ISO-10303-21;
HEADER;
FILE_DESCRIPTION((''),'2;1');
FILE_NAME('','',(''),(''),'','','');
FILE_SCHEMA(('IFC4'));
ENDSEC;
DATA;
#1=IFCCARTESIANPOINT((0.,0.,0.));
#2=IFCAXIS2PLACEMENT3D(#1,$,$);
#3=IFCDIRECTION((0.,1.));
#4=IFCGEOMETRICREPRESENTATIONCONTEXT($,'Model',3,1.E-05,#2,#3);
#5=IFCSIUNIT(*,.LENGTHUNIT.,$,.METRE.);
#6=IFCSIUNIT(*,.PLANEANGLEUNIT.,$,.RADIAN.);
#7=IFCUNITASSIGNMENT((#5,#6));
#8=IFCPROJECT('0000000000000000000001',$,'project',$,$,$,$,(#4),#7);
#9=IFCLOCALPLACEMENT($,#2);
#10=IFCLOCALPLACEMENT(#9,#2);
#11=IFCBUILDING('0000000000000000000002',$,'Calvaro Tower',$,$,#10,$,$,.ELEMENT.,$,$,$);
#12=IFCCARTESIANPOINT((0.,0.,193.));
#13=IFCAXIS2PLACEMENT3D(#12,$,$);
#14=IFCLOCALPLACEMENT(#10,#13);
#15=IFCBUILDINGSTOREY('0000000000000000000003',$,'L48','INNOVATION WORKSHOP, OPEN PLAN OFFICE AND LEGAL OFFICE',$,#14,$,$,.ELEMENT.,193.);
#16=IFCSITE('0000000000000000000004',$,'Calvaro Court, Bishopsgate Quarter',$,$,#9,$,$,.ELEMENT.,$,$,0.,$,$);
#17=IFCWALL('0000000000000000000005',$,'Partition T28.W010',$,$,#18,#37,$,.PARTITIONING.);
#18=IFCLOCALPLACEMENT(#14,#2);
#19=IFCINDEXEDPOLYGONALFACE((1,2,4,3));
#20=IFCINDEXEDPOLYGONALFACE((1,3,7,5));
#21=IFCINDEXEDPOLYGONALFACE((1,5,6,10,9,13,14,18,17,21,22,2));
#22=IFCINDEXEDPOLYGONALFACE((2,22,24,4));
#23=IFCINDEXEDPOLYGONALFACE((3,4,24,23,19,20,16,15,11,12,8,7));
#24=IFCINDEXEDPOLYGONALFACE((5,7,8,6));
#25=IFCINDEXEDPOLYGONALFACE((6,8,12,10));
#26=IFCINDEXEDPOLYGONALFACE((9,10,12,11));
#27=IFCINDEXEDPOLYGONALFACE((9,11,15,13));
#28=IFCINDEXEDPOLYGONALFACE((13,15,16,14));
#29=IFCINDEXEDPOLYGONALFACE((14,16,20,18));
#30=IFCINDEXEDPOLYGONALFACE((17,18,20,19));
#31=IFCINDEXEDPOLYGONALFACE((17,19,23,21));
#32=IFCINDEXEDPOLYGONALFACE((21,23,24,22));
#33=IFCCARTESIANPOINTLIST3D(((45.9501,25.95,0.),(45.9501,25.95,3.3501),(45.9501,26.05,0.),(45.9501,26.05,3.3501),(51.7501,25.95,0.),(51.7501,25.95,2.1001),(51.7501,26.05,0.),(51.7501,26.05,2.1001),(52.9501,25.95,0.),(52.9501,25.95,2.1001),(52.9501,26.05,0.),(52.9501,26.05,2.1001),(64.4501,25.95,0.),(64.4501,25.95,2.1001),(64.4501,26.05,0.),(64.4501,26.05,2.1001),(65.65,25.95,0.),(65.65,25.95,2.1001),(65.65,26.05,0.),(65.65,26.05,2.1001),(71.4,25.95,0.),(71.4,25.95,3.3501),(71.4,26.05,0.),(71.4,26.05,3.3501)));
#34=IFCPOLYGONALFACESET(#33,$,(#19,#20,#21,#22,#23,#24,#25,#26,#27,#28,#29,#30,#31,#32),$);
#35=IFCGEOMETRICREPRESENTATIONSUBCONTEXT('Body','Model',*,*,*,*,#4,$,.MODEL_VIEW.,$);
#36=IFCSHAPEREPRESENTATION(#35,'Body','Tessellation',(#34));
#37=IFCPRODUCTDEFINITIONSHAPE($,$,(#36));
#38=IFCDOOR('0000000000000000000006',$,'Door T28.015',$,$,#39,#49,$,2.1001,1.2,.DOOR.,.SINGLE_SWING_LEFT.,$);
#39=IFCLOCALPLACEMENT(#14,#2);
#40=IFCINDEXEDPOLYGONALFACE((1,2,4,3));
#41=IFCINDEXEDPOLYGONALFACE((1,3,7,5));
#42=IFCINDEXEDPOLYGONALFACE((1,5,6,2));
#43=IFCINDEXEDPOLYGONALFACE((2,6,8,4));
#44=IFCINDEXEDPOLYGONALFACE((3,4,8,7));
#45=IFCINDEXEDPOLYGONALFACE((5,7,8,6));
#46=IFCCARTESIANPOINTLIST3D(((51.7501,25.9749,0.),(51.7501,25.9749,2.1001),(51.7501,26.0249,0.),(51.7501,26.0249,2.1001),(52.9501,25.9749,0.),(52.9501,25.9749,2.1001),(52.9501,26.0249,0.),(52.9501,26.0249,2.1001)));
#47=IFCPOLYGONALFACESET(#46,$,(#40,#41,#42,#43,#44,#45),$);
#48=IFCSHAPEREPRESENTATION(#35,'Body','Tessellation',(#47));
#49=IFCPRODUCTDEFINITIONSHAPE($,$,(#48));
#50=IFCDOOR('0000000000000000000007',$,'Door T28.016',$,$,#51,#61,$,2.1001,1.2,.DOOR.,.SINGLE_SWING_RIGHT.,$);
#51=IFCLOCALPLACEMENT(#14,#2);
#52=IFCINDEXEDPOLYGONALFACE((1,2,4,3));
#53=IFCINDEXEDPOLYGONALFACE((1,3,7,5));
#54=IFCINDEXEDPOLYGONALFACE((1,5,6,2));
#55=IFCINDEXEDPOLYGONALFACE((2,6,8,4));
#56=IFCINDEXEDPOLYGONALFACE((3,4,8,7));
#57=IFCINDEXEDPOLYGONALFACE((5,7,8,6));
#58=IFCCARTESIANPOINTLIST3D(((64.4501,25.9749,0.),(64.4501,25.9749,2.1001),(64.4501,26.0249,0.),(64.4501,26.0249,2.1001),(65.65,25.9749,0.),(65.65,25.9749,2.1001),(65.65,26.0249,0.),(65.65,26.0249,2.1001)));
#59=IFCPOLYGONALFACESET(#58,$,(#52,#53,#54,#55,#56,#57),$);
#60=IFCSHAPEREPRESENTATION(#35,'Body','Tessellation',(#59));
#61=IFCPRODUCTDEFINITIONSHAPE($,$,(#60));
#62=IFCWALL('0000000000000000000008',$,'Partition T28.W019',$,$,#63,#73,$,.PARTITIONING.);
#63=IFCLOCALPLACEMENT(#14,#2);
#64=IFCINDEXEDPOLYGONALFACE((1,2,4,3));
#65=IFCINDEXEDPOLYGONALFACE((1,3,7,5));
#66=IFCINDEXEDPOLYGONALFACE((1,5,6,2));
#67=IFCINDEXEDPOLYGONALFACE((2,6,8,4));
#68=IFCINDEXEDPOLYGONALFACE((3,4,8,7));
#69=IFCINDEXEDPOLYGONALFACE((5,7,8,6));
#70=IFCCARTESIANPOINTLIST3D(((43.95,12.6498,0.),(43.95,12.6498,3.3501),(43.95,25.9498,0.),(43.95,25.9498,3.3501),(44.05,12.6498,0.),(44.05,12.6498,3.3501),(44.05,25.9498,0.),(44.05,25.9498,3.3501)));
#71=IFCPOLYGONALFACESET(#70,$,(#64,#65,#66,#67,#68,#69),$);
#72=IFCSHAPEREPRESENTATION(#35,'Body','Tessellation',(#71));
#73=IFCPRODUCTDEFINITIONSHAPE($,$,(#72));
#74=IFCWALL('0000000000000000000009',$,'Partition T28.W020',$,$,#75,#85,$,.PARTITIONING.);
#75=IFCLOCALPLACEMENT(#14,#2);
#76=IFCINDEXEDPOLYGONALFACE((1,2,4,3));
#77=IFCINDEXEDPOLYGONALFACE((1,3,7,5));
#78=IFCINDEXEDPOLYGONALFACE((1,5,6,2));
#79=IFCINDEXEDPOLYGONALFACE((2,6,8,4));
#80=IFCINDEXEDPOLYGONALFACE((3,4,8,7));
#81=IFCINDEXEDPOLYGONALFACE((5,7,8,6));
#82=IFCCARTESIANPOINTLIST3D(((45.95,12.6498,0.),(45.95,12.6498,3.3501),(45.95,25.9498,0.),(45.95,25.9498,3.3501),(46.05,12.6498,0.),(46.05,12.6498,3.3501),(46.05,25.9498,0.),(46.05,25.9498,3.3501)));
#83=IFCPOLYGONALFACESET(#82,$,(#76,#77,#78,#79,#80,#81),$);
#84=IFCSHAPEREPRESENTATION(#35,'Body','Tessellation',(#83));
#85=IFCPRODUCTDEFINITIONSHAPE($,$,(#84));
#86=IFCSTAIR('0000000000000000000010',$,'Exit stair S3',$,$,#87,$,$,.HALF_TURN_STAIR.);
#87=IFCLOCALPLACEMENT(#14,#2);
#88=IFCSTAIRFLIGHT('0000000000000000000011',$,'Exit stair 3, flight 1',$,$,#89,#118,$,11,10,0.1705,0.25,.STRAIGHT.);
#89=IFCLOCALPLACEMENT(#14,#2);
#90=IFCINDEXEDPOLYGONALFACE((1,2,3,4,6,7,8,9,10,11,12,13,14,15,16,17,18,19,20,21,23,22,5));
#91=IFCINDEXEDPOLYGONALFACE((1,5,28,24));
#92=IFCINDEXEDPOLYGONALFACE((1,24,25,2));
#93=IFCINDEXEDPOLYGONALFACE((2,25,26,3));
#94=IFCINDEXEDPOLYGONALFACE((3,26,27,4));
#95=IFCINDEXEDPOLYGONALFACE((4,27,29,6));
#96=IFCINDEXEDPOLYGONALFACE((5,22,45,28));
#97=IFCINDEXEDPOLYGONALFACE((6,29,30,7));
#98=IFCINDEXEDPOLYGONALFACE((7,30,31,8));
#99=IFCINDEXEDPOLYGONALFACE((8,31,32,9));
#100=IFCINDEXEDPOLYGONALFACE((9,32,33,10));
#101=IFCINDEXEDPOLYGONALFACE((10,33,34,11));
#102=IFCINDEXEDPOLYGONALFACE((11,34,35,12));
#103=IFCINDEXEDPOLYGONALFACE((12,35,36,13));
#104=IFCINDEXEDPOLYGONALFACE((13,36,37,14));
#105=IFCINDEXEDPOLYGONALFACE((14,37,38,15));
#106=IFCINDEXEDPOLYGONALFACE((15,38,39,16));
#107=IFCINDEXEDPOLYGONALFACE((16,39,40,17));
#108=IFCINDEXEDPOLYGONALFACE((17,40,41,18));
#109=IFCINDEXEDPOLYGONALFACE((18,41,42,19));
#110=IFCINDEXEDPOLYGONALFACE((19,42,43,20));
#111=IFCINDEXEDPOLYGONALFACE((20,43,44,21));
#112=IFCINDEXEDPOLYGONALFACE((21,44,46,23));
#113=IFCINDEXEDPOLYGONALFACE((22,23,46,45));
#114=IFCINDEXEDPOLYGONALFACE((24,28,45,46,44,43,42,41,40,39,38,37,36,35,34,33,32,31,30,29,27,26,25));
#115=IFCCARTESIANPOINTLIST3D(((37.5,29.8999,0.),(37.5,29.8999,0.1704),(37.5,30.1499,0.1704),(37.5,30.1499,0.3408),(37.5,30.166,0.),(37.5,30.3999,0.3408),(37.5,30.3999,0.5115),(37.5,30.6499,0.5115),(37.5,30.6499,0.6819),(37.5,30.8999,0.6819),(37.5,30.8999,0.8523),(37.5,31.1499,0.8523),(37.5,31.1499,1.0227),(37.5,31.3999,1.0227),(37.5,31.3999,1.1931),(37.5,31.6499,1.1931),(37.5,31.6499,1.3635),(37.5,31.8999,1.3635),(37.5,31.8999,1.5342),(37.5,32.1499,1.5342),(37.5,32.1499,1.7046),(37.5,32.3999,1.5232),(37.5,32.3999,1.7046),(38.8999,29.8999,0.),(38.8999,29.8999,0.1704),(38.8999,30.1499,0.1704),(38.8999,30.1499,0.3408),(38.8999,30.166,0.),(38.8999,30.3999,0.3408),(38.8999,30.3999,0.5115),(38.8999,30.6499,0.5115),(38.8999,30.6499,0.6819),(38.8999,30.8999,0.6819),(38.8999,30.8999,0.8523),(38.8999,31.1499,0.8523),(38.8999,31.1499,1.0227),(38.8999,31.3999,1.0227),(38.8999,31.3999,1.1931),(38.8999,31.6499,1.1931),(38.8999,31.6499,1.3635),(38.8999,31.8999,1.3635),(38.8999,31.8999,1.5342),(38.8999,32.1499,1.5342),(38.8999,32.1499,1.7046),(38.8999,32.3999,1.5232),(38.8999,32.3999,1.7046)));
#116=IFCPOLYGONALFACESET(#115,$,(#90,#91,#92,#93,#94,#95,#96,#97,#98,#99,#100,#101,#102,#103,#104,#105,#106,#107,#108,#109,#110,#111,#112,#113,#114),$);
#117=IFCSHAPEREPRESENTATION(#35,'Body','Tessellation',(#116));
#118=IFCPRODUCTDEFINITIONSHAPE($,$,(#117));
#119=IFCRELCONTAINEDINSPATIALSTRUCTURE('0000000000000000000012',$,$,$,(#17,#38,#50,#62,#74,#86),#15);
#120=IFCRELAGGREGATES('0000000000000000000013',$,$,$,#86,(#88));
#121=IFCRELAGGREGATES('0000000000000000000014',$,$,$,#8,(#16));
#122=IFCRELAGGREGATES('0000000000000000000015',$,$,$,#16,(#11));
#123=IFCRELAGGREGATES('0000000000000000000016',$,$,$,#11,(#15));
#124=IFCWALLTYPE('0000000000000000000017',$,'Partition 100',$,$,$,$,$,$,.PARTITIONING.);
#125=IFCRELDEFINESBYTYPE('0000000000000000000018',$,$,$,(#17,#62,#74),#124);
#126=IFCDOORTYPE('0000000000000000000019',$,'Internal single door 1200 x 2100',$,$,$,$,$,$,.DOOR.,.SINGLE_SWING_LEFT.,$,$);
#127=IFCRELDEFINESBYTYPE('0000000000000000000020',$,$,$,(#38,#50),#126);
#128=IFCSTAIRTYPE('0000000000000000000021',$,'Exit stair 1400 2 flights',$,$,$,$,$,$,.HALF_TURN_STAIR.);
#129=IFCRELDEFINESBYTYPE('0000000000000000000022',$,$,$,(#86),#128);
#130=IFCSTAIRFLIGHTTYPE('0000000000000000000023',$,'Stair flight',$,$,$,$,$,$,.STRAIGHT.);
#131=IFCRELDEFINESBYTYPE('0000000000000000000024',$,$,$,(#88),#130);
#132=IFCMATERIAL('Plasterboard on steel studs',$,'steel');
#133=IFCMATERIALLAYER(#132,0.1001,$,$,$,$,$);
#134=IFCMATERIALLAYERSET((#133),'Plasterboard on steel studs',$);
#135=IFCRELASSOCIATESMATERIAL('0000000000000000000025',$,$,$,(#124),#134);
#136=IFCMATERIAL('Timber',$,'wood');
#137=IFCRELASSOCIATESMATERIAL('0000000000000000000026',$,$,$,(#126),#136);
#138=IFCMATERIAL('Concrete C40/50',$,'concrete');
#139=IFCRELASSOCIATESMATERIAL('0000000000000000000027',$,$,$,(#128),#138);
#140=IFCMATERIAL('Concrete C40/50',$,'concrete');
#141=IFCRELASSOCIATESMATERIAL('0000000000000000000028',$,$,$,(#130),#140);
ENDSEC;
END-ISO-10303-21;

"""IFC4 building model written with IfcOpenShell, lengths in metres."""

from ifc_helpers import new_model, si_unit, direction, frame, frame_2d, origin, place, context, subcontext, project, spatial, polyline, rectangle, outline, extrude, material, layer, layer_set, type_object, element, fill, aggregate, save


model = new_model("IFC4")

# Units and contexts
model_context = context("Model", 3, precision=1e-05, world=origin(), true_north=direction((0.0, 1.0)))
body_context = subcontext(model_context, "Body", "Model", "MODEL_VIEW")
ifc_project = project(units=[si_unit("LENGTHUNIT", "METRE"), si_unit("PLANEANGLEUNIT", "RADIAN")], contexts=[model_context])

# Site, building, storey
site_placement = place(None, origin())
site = spatial("IfcSite", under=ifc_project, at=site_placement, Name="Calvaro Court, Bishopsgate Quarter", CompositionType="ELEMENT", RefElevation=0.0)
building_placement = place(site_placement, origin())
building = spatial("IfcBuilding", under=site, at=building_placement, Name="Calvaro Tower", CompositionType="ELEMENT")
storey_placement = place(building_placement, frame((0.0, 0.0, 193.0)))
storey = spatial("IfcBuildingStorey", under=building, at=storey_placement, Name="L48", Description="INNOVATION WORKSHOP, OPEN PLAN OFFICE AND LEGAL OFFICE", CompositionType="ELEMENT", Elevation=193.0)

# Shared definitions
ifc_material_1 = material(Name="Plasterboard on steel studs", Category="steel")
ifc_layer_1 = layer(ifc_material_1, 0.1001)
ifc_layer_set_1 = layer_set([ifc_layer_1], Name="Plasterboard on steel studs")
wall_type_1 = type_object("IfcWallType", Name="Partition 100", PredefinedType="PARTITIONING", material=ifc_layer_set_1)
ifc_material_2 = material(Name="Timber", Category="wood")
door_type = type_object("IfcDoorType", Name="Internal single door 1200 x 2100", OperationType="SINGLE_SWING_LEFT", PredefinedType="DOOR", material=ifc_material_2)

# Wall, openings, doors
wall_1_placement = place(storey_placement, frame((45.95, 26.0, 0.0), z_axis=(0.0, 0.0, 1.0), x_axis=(1.0, 0.0, 0.0)))
wall_1 = element("IfcWall", 1, at=wall_1_placement, inside=storey, type_object=wall_type_1, Name="Partition T28.W010", PredefinedType="PARTITIONING", context=body_context, shape_type="SweptSolid", body=[
    extrude(rectangle(XDim=25.45, YDim=0.1001, at=frame_2d((12.7251, 0.0))), origin(), (0.0, 0.0, 1.0), 3.3501),
])
opening_1_placement = place(wall_1_placement, frame((5.8, 0.0, 0.0)))
opening_1 = element("IfcOpeningElement", 2, at=opening_1_placement, cuts=wall_1, PredefinedType="OPENING", context=body_context, shape_type="SweptSolid", body=[
    extrude(rectangle(XDim=1.2, YDim=2.1001, at=frame_2d((0.6001, 1.05))), frame((0.0, 0.0601, 0.0), z_axis=(0.0, -1.0, 0.0), x_axis=(1.0, 0.0, 0.0)), (0.0, 0.0, 1.0), 0.1201),
])
opening_2_placement = place(wall_1_placement, frame((18.5, 0.0, 0.0)))
opening_2 = element("IfcOpeningElement", 3, at=opening_2_placement, cuts=wall_1, PredefinedType="OPENING", context=body_context, shape_type="SweptSolid", body=[
    extrude(rectangle(XDim=1.2, YDim=2.1001, at=frame_2d((0.6001, 1.05))), frame((0.0, 0.0601, 0.0), z_axis=(0.0, -1.0, 0.0), x_axis=(1.0, 0.0, 0.0)), (0.0, 0.0, 1.0), 0.1201),
])
door_1_placement = place(opening_1_placement, origin())
door_1 = element("IfcDoor", 4, at=door_1_placement, inside=storey, type_object=door_type, Name="Door T28.015", OperationType="SINGLE_SWING_LEFT", OverallHeight=2.1001, OverallWidth=1.2, PredefinedType="DOOR", context=body_context, shape_type="SweptSolid", body=[
    extrude(rectangle(XDim=1.2, YDim=2.1001, at=frame_2d((0.6001, 1.05))), frame((0.0, 0.0249, 0.0), z_axis=(0.0, -1.0, 0.0), x_axis=(1.0, 0.0, 0.0)), (0.0, 0.0, 1.0), 0.05),
])
fill(opening_1, door_1)
door_2_placement = place(opening_2_placement, origin())
door_2 = element("IfcDoor", 5, at=door_2_placement, inside=storey, type_object=door_type, Name="Door T28.016", OperationType="SINGLE_SWING_RIGHT", OverallHeight=2.1001, OverallWidth=1.2, PredefinedType="DOOR", context=body_context, shape_type="SweptSolid", body=[
    extrude(rectangle(XDim=1.2, YDim=2.1001, at=frame_2d((0.6001, 1.05))), frame((0.0, 0.0249, 0.0), z_axis=(0.0, -1.0, 0.0), x_axis=(1.0, 0.0, 0.0)), (0.0, 0.0, 1.0), 0.05),
])
fill(opening_2, door_2)

# Walls
for number, where, z_axis, x_axis, name in (
    (6, (44.0, 12.6499, 0.0), (0.0, 0.0, 1.0), (0.0, 1.0, 0.0), "Partition T28.W019"),
    (7, (46.0, 12.6499, 0.0), (0.0, 0.0, 1.0), (0.0, 1.0, 0.0), "Partition T28.W020"),
):
    element("IfcWall", number, at=place(storey_placement, frame(where, z_axis=z_axis, x_axis=x_axis)), inside=storey, type_object=wall_type_1, Name=name, PredefinedType="PARTITIONING", context=body_context, shape_type="SweptSolid", body=[
        extrude(rectangle(XDim=13.3, YDim=0.1001, at=frame_2d((6.6499, 0.0))), origin(), (0.0, 0.0, 1.0), 3.3501),
    ])

# Stair, stair flight
ifc_material_3 = material(Name="Concrete C40/50", Category="concrete")
stair_type = type_object("IfcStairType", Name="Exit stair 1400 2 flights", PredefinedType="HALF_TURN_STAIR", material=ifc_material_3)
stair_placement = place(storey_placement, origin())
stair = element("IfcStair", 8, at=stair_placement, inside=storey, type_object=stair_type, Name="Exit stair S3", PredefinedType="HALF_TURN_STAIR")
ifc_material_4 = material(Name="Concrete C40/50", Category="concrete")
stair_flight_type = type_object("IfcStairFlightType", Name="Stair flight", PredefinedType="STRAIGHT", material=ifc_material_4)
stair_flight_placement = place(storey_placement, frame((38.2, 29.8999, 0.0), z_axis=(0.0, 0.0, 1.0), x_axis=(0.0, 1.0, 0.0)))
stair_flight = element("IfcStairFlight", 9, at=stair_flight_placement, type_object=stair_flight_type, Name="Exit stair 3, flight 1", NumberOfRisers=11, NumberOfTreads=10, PredefinedType="STRAIGHT", RiserHeight=0.1705, TreadLength=0.25, context=body_context, shape_type="SweptSolid", body=[
    extrude(outline(polyline([(0.0, 0.0), (0.0, 0.1704), (0.25, 0.1704), (0.25, 0.3408), (0.5, 0.3408), (0.5, 0.5115), (0.75, 0.5115), (0.75, 0.6819), (1.0, 0.6819), (1.0, 0.8523), (1.25, 0.8523), (1.25, 1.0227), (1.5, 1.0227), (1.5, 1.1931), (1.75, 1.1931), (1.75, 1.3635), (2.0, 1.3635), (2.0, 1.5342), (2.25, 1.5342), (2.25, 1.7046), (2.5, 1.7046), (2.5, 1.875), (2.5, 1.5232), (0.2661, 0.0), (0.0, 0.0)])), frame((0.0, 0.7, 0.0), z_axis=(0.0, -1.0, 0.0), x_axis=(1.0, 0.0, 0.0)), (0.0, 0.0, 1.0), 1.3999),
])
aggregate(stair, [stair_flight])

save(model, "model.ifc")
